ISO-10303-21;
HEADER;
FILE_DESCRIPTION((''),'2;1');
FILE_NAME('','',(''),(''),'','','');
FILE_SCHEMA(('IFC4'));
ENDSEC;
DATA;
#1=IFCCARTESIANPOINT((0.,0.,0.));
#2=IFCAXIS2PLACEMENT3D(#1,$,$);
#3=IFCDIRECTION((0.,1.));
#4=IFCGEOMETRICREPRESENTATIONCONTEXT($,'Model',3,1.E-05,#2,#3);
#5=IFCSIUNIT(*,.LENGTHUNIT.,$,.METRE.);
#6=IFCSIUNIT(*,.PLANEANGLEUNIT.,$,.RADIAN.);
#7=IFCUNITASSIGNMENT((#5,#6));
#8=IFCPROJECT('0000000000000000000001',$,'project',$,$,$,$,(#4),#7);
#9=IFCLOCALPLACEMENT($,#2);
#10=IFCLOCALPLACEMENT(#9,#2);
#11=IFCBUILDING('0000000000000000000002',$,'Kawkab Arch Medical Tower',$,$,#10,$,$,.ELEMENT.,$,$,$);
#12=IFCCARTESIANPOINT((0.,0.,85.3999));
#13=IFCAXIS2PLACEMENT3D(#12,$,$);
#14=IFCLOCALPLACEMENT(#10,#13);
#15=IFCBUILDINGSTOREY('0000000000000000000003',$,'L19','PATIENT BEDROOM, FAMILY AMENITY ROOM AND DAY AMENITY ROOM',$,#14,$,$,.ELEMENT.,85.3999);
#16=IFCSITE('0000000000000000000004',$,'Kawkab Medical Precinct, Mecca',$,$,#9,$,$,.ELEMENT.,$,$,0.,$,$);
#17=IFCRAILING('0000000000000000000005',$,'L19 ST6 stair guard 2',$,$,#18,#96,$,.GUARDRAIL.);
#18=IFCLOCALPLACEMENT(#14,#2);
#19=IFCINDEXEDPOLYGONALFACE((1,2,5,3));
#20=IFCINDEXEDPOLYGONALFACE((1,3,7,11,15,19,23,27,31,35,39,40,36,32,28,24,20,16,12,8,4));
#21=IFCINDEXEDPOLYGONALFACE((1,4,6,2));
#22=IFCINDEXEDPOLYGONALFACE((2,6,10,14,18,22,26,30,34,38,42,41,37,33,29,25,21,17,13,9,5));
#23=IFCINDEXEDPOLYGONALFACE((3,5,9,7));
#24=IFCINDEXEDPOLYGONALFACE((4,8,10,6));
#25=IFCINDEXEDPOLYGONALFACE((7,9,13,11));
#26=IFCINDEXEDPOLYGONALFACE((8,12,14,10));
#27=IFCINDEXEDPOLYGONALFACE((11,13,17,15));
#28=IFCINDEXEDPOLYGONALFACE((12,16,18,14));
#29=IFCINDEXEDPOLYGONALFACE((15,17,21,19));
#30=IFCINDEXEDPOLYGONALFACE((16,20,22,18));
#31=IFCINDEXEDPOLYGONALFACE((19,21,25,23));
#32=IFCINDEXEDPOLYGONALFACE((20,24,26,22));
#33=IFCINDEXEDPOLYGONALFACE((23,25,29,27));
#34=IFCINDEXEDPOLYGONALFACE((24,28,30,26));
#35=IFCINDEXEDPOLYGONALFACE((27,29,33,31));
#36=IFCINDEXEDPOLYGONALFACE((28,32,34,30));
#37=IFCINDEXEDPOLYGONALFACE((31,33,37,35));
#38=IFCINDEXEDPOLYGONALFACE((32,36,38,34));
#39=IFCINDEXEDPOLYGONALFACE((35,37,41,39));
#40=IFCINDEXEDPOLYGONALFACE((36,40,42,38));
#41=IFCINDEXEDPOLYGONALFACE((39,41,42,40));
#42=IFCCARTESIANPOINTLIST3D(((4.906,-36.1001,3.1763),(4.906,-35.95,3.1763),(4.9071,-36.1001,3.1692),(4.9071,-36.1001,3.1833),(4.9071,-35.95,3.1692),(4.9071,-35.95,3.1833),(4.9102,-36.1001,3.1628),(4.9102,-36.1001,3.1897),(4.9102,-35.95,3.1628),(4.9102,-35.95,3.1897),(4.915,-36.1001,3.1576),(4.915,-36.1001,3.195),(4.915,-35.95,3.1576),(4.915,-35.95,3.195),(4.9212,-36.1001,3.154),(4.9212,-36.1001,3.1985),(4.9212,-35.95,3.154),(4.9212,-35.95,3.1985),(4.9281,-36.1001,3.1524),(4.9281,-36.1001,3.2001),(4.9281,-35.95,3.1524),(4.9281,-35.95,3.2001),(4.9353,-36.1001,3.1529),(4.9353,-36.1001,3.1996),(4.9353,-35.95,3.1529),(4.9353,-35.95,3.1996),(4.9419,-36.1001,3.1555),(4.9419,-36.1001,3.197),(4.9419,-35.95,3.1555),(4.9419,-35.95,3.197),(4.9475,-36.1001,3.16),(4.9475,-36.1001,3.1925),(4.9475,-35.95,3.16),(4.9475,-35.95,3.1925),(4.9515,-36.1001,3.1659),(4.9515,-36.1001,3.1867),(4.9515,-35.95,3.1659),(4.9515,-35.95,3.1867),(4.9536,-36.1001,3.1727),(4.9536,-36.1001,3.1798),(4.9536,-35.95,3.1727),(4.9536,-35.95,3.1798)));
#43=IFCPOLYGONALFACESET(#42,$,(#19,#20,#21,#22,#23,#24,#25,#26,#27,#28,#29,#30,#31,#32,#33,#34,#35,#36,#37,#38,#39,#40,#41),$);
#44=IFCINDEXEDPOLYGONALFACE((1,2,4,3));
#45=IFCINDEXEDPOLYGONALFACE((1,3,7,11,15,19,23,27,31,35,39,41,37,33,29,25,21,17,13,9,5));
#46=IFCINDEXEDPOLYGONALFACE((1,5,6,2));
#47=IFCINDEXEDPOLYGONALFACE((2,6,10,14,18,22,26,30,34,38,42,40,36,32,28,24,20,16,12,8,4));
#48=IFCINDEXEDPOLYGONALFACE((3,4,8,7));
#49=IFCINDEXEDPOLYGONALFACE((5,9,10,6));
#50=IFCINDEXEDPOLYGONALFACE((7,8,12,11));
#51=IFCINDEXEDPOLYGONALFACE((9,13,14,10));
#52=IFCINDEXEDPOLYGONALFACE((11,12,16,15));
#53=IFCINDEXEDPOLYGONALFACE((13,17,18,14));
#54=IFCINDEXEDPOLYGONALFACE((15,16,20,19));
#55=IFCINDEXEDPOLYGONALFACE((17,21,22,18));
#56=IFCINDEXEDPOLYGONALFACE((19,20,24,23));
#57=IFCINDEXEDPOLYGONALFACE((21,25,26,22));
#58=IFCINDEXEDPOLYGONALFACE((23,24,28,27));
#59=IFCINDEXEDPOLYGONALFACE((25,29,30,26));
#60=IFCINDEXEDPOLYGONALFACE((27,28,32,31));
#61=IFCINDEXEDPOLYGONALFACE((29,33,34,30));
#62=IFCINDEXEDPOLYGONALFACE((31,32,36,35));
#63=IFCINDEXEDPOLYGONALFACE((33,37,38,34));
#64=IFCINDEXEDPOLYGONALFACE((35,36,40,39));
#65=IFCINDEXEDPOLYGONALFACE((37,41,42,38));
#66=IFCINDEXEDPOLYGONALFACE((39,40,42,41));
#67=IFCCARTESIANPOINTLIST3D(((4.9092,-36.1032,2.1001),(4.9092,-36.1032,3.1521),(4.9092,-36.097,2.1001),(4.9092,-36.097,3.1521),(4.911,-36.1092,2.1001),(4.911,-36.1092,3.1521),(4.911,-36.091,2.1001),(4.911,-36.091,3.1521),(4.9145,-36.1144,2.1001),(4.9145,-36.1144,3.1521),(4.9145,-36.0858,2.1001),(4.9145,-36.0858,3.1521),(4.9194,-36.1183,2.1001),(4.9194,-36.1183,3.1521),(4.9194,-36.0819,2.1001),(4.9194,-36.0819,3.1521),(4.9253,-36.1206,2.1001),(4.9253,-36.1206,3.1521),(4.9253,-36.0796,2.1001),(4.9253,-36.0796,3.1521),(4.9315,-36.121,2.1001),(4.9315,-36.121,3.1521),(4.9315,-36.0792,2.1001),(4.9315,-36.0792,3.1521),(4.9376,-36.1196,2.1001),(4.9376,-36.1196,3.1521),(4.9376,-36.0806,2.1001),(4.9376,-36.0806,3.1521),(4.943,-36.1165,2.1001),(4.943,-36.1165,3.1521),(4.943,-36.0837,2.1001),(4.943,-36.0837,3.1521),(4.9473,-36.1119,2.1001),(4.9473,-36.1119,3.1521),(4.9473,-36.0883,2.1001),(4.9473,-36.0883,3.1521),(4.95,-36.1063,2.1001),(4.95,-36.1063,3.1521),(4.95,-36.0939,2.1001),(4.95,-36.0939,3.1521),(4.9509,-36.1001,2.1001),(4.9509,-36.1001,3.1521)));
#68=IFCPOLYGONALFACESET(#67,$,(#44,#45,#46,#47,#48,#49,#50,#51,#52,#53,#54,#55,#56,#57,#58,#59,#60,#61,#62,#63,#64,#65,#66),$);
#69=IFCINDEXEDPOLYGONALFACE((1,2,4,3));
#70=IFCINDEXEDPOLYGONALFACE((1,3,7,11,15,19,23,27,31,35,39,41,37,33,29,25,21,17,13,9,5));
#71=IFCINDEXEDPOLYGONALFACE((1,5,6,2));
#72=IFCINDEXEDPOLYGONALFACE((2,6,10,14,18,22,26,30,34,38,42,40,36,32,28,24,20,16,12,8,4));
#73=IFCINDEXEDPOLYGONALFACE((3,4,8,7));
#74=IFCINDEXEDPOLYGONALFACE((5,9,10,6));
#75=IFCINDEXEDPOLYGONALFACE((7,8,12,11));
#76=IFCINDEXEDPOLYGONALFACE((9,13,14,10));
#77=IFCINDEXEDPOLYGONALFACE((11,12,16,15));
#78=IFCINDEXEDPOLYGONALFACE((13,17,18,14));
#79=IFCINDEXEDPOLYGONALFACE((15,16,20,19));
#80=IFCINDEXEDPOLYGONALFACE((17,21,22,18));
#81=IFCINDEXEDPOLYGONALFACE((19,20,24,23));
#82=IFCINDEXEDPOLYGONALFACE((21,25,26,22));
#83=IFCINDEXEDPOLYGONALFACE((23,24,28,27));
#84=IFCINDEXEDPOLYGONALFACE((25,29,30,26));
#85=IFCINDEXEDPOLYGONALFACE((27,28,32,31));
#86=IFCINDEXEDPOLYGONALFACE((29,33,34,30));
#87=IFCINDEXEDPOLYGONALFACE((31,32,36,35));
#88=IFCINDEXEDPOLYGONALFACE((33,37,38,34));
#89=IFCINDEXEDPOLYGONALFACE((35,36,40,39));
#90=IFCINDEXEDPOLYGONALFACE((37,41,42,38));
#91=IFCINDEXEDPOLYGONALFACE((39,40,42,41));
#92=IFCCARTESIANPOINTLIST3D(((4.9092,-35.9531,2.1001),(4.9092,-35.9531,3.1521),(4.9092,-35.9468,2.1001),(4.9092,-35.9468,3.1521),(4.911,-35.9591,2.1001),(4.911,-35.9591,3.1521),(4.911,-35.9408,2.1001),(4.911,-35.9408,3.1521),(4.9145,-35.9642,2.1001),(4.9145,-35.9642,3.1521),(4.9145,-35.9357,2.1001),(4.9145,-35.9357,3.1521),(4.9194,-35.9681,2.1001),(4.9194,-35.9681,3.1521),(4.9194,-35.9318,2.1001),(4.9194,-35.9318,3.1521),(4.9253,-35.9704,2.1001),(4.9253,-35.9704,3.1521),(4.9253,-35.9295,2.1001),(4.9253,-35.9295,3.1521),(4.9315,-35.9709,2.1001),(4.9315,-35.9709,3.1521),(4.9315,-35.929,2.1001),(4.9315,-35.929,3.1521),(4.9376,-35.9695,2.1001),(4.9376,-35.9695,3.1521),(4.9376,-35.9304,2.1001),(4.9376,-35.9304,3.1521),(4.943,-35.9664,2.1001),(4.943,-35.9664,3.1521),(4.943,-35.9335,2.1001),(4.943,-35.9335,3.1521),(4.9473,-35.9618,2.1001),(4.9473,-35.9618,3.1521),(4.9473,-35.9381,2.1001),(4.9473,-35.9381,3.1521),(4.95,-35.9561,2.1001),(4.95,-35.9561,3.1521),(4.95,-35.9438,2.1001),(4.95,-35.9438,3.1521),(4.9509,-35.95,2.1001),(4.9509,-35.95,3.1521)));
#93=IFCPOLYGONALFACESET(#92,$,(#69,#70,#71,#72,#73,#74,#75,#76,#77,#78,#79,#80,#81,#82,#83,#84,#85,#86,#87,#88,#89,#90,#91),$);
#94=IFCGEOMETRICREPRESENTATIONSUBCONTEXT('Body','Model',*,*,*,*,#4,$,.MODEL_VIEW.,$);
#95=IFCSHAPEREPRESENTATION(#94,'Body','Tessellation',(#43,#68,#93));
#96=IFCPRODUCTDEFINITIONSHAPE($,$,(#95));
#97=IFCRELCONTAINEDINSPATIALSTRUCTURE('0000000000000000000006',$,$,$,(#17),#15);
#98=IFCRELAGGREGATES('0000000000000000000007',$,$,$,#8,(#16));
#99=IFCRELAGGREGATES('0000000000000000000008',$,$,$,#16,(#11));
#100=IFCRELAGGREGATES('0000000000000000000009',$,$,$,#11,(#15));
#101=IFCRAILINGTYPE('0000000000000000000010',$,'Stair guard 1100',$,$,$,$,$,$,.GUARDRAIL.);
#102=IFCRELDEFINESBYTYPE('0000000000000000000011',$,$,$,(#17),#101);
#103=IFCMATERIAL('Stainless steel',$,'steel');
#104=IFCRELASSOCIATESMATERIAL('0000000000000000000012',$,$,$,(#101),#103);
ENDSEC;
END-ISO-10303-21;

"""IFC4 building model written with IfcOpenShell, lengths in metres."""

from ifc_helpers import new_model, si_unit, direction, frame, origin, origin_2d, place, context, subcontext, project, spatial, circle, extrude, material, type_object, element, save


model = new_model("IFC4")

# Units and contexts
model_context = context("Model", 3, precision=1e-05, world=origin(), true_north=direction((0.0, 1.0)))
body_context = subcontext(model_context, "Body", "Model", "MODEL_VIEW")
ifc_project = project(units=[si_unit("LENGTHUNIT", "METRE"), si_unit("PLANEANGLEUNIT", "RADIAN")], contexts=[model_context])

# Site, building, storey
site_placement = place(None, origin())
site = spatial("IfcSite", under=ifc_project, at=site_placement, Name="Kawkab Medical Precinct, Mecca", CompositionType="ELEMENT", RefElevation=0.0)
building_placement = place(site_placement, origin())
building = spatial("IfcBuilding", under=site, at=building_placement, Name="Kawkab Arch Medical Tower", CompositionType="ELEMENT")
storey_placement = place(building_placement, frame((0.0, 0.0, 85.3999)))
storey = spatial("IfcBuildingStorey", under=building, at=storey_placement, Name="L19", Description="PATIENT BEDROOM, FAMILY AMENITY ROOM AND DAY AMENITY ROOM", CompositionType="ELEMENT", Elevation=85.3999)

# Railing
ifc_material_1 = material(Name="Stainless steel", Category="steel")
railing_type = type_object("IfcRailingType", Name="Stair guard 1100", PredefinedType="GUARDRAIL", material=ifc_material_1)
railing_1_placement = place(storey_placement, frame((4.9299, -36.1001, 2.1001)))
element("IfcRailing", 1, at=railing_1_placement, inside=storey, type_object=railing_type, Name="L19 ST6 stair guard 2", PredefinedType="GUARDRAIL", context=body_context, shape_type="SweptSolid", body=[
    extrude(circle(Radius=0.0239, at=origin_2d()), frame((0.0, 0.0, 1.0762), z_axis=(0.0, 1.0, 0.0), x_axis=(-1.0, 0.0, 0.0)), (0.0, 0.0, 1.0), 0.1501),
    extrude(circle(Radius=0.021, at=origin_2d()), origin(), (0.0, 0.0, 1.0), 1.052),
    extrude(circle(Radius=0.021, at=origin_2d()), frame((0.0, 0.1501, 0.0)), (0.0, 0.0, 1.0), 1.052),
])

save(model, "model.ifc")
